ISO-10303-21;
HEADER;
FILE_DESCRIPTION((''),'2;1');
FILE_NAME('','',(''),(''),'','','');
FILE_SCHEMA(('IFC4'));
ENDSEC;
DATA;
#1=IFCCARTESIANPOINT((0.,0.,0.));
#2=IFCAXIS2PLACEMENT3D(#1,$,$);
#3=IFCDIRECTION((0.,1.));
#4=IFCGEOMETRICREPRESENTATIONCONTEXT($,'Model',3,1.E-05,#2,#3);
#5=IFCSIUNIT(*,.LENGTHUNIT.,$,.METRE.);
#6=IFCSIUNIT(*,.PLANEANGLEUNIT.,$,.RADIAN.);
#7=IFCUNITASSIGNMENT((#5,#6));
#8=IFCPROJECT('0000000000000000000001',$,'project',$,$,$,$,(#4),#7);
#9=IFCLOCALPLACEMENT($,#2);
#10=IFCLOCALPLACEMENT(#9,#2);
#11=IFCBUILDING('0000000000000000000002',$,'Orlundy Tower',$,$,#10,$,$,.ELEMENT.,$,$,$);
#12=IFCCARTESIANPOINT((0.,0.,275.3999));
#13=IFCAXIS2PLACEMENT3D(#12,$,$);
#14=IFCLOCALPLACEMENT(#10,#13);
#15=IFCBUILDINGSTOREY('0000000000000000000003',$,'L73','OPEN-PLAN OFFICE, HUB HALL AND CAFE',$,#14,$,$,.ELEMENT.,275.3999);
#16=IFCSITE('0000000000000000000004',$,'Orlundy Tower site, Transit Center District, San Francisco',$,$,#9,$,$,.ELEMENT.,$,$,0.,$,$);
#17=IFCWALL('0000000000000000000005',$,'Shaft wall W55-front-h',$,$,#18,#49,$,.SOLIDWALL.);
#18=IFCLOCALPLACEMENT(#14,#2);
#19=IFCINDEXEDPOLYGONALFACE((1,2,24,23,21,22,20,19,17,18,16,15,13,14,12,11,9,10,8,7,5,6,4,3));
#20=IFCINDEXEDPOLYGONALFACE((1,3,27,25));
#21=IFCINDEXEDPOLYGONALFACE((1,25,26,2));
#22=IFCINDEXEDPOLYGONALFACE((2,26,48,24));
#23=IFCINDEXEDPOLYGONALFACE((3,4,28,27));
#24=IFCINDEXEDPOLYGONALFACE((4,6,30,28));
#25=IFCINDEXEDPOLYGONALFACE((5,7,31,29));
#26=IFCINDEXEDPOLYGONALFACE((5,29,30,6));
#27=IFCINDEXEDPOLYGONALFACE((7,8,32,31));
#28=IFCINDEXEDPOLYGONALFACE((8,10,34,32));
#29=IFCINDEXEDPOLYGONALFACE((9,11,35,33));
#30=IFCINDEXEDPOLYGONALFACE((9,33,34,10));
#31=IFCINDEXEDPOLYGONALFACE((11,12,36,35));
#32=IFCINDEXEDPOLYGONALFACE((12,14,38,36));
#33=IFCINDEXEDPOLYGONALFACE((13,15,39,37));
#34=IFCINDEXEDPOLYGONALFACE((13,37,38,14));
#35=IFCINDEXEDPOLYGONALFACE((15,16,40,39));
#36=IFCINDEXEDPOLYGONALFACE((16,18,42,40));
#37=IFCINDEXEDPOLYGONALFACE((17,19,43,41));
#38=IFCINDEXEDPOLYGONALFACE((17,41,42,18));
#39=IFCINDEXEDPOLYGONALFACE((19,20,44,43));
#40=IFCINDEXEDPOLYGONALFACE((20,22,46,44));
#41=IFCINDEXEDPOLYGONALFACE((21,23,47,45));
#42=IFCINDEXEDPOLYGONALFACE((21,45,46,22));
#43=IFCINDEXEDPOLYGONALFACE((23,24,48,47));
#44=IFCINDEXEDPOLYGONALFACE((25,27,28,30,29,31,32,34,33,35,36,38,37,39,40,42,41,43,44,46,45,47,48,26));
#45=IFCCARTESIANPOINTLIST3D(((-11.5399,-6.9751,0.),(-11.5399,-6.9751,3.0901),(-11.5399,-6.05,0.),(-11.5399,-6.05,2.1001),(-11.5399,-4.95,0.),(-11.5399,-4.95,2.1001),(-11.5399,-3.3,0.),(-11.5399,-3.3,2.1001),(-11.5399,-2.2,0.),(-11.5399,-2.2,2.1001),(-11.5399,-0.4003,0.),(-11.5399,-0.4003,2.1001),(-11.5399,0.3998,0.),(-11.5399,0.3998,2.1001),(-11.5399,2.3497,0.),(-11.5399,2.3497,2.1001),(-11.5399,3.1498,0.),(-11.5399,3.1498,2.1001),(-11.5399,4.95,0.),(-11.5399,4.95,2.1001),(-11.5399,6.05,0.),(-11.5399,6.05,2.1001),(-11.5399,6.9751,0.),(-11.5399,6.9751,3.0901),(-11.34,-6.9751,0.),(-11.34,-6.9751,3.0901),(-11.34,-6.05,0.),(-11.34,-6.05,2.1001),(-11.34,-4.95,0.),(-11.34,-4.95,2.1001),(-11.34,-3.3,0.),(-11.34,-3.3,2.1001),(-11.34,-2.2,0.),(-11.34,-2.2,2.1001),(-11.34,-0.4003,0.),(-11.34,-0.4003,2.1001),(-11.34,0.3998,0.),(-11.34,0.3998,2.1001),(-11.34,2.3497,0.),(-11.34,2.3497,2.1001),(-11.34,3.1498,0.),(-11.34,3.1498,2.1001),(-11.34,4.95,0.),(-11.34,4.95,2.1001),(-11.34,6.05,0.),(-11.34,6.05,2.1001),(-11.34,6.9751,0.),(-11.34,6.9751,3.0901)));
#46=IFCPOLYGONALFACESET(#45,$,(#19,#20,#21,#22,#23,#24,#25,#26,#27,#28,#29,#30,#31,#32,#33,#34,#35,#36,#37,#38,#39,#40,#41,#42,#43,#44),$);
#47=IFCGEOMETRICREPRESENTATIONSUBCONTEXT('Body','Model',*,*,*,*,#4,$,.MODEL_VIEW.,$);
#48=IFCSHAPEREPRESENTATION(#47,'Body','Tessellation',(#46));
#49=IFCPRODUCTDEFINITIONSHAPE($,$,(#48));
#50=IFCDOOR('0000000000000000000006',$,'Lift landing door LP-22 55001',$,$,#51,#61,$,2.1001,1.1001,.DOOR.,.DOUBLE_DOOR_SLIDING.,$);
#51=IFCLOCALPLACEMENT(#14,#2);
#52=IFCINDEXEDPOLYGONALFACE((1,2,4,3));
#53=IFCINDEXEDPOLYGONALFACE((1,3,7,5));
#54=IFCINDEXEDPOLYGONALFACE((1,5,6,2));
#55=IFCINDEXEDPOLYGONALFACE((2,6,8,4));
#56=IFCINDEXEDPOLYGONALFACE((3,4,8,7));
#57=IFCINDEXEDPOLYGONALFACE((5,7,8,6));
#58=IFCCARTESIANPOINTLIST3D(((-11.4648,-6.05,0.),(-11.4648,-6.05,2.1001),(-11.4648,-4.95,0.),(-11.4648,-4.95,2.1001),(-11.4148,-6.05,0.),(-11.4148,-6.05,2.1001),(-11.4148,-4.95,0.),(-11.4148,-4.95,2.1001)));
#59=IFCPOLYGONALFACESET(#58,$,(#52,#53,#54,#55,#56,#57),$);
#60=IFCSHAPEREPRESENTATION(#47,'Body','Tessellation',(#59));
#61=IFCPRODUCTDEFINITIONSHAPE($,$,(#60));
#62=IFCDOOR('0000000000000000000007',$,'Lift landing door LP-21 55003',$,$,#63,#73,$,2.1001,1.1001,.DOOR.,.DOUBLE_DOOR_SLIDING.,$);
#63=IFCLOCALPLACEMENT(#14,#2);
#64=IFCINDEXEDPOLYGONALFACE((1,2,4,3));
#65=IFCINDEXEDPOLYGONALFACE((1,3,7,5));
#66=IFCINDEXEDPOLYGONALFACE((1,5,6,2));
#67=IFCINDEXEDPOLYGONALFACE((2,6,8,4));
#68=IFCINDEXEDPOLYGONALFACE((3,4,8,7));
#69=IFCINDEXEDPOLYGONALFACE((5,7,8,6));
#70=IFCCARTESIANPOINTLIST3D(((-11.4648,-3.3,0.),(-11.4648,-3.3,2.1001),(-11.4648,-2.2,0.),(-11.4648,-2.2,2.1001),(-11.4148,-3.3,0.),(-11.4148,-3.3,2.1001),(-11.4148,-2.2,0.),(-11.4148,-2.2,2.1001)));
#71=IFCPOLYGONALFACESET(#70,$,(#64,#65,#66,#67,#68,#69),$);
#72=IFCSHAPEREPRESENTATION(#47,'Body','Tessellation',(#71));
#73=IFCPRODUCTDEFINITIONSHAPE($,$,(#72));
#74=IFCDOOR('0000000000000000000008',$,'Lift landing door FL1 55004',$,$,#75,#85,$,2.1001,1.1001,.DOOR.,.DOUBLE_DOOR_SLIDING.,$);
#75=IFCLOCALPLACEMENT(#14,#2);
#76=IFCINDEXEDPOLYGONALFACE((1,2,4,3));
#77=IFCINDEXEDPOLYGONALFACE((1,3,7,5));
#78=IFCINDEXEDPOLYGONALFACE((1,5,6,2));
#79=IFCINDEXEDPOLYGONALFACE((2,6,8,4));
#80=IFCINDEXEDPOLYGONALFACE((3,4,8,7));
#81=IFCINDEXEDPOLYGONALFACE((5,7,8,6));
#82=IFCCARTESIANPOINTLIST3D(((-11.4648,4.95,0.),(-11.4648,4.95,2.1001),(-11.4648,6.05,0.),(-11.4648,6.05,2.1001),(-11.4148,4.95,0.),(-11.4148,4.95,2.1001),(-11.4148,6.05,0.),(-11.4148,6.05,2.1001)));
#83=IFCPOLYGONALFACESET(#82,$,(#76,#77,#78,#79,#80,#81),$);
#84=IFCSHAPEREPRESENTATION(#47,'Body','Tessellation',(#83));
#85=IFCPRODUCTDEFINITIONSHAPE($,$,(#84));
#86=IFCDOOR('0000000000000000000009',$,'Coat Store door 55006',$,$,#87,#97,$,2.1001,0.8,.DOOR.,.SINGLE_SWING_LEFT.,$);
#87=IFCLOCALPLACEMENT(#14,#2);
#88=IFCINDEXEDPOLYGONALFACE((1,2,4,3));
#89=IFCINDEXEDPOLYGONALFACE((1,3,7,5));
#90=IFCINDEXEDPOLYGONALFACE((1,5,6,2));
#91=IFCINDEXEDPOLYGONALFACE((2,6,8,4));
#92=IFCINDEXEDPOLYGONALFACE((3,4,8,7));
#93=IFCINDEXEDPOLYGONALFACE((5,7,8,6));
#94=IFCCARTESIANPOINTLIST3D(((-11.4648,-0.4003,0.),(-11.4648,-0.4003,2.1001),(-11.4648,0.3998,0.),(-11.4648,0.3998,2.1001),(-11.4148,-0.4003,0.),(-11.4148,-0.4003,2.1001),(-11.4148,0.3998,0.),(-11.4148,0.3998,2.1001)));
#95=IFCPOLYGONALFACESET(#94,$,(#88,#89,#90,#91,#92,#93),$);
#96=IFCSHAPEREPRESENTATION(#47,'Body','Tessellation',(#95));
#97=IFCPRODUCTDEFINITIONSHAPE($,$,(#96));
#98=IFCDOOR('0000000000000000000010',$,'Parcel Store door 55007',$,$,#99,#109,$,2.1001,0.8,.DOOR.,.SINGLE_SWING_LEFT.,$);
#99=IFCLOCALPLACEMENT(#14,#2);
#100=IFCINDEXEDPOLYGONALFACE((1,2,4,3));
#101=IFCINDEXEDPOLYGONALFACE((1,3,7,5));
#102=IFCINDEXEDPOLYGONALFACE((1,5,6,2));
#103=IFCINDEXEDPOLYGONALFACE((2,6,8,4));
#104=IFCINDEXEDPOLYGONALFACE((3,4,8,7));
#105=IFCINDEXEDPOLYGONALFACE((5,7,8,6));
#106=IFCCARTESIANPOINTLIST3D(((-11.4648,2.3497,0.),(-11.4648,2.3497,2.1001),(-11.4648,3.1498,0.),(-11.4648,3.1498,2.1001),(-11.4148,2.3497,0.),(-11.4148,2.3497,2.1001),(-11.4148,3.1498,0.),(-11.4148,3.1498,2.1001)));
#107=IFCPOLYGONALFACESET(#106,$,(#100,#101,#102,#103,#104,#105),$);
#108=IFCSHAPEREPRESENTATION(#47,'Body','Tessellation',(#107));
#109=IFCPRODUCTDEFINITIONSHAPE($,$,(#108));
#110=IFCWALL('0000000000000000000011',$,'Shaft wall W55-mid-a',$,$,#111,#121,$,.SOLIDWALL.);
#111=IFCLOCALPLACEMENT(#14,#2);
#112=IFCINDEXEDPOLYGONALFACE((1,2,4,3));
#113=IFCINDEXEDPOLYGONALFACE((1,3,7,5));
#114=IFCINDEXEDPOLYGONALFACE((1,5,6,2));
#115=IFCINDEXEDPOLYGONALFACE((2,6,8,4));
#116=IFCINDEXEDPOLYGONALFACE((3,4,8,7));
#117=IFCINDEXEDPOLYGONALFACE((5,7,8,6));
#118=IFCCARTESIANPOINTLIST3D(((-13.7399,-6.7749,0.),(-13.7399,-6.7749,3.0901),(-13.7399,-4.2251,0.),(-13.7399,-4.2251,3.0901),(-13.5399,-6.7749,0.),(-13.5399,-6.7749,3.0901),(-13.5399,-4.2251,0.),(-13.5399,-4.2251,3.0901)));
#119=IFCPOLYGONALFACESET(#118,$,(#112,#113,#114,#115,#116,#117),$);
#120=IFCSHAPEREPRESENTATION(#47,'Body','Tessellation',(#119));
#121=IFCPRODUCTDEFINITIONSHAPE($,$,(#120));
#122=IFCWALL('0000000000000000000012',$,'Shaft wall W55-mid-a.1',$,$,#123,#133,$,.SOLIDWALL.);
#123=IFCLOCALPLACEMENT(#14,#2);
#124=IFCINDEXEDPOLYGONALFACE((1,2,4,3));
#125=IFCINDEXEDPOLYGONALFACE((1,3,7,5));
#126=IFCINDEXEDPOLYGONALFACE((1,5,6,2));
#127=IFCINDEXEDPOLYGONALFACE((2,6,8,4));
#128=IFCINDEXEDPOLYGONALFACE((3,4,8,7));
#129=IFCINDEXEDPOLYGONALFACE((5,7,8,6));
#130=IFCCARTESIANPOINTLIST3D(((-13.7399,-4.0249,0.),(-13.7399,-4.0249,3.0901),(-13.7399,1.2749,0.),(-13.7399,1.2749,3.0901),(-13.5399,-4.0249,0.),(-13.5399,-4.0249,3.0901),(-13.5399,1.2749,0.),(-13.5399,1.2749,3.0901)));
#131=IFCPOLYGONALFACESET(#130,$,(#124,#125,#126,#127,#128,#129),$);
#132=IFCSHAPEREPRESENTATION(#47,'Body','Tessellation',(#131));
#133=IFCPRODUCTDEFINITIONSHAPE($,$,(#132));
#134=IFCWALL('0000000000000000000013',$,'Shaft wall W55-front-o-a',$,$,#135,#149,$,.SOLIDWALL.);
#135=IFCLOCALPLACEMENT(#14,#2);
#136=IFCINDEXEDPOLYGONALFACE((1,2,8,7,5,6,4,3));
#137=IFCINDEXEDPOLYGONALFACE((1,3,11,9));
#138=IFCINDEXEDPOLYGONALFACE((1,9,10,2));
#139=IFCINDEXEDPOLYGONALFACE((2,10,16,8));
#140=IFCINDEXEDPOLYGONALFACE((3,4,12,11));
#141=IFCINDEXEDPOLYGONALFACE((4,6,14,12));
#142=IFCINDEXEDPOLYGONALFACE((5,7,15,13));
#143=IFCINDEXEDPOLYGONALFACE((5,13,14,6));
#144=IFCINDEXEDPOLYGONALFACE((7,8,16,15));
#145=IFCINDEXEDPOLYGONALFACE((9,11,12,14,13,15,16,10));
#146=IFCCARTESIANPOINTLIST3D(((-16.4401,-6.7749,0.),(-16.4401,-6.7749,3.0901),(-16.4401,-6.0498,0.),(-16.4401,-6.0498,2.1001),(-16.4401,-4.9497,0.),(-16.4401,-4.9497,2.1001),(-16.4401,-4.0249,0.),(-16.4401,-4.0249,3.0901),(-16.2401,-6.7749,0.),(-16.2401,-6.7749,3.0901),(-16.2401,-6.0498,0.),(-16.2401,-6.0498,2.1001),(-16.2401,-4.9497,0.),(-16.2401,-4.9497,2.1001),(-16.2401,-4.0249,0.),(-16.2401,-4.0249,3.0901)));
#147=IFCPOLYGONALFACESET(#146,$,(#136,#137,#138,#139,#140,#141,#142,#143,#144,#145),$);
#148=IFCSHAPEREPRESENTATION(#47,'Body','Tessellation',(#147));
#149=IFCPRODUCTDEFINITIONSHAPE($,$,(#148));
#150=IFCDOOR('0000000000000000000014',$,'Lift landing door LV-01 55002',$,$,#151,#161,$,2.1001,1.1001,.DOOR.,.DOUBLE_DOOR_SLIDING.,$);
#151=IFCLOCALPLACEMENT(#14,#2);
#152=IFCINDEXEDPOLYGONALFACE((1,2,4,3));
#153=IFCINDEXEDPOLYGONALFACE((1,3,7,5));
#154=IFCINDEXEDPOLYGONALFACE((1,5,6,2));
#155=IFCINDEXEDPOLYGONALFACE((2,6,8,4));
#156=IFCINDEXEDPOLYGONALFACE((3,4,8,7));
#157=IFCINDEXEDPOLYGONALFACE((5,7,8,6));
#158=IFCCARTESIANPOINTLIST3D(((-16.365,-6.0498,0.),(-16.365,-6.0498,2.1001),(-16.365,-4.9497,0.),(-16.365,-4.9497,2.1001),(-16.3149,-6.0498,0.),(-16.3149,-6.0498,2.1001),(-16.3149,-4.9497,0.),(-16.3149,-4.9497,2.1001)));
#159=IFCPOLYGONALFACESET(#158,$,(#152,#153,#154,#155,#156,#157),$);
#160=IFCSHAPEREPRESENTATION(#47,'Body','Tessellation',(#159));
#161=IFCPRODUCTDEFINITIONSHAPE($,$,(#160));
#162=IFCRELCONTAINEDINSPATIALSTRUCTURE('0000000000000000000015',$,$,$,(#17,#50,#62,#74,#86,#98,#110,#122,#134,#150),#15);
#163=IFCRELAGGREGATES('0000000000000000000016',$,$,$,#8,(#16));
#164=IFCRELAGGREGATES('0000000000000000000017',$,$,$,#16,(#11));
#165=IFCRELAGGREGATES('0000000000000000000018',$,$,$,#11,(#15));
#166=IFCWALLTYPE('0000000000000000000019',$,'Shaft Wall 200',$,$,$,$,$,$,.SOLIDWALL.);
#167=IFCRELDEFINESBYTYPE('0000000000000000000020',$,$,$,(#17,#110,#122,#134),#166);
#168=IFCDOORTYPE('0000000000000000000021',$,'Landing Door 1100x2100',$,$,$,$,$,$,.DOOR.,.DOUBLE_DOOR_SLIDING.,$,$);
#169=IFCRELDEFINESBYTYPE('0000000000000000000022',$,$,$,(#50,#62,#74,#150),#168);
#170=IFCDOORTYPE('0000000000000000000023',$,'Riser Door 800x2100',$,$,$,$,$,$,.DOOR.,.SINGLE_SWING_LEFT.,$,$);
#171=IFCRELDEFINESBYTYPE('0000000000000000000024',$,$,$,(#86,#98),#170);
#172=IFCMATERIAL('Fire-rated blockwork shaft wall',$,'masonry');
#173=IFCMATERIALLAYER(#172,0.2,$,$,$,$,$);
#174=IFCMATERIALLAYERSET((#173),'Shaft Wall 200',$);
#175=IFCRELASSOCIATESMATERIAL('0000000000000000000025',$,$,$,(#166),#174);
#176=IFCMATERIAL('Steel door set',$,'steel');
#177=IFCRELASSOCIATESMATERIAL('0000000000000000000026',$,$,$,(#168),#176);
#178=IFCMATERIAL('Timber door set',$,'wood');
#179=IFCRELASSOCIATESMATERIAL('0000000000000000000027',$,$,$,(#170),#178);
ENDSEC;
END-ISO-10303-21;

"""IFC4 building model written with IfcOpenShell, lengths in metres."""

from ifc_helpers import new_model, si_unit, direction, frame, frame_2d, origin, place, context, subcontext, project, spatial, rectangle, extrude, material, layer, layer_set, type_object, element, fill, save


model = new_model("IFC4")

# Units and contexts
model_context = context("Model", 3, precision=1e-05, world=origin(), true_north=direction((0.0, 1.0)))
body_context = subcontext(model_context, "Body", "Model", "MODEL_VIEW")
ifc_project = project(units=[si_unit("LENGTHUNIT", "METRE"), si_unit("PLANEANGLEUNIT", "RADIAN")], contexts=[model_context])

# Site, building, storey
site_placement = place(None, origin())
site = spatial("IfcSite", under=ifc_project, at=site_placement, Name="Orlundy Tower site, Transit Center District, San Francisco", CompositionType="ELEMENT", RefElevation=0.0)
building_placement = place(site_placement, origin())
building = spatial("IfcBuilding", under=site, at=building_placement, Name="Orlundy Tower", CompositionType="ELEMENT")
storey_placement = place(building_placement, frame((0.0, 0.0, 275.3999)))
storey = spatial("IfcBuildingStorey", under=building, at=storey_placement, Name="L73", Description="OPEN-PLAN OFFICE, HUB HALL AND CAFE", CompositionType="ELEMENT", Elevation=275.3999)

# Shared definitions
ifc_material_1 = material(Name="Fire-rated blockwork shaft wall", Category="masonry")
ifc_layer_1 = layer(ifc_material_1, 0.2)
ifc_layer_set_1 = layer_set([ifc_layer_1], Name="Shaft Wall 200")
wall_type_1 = type_object("IfcWallType", Name="Shaft Wall 200", PredefinedType="SOLIDWALL", material=ifc_layer_set_1)

# Wall, openings, doors
wall_1_placement = place(storey_placement, frame((-11.4399, -6.9751, 0.0), z_axis=(0.0, 0.0, 1.0), x_axis=(0.0, 1.0, 0.0)))
wall_1 = element("IfcWall", 1, at=wall_1_placement, inside=storey, type_object=wall_type_1, Name="Shaft wall W55-front-h", PredefinedType="SOLIDWALL", context=body_context, shape_type="SweptSolid", body=[
    extrude(rectangle(XDim=13.9502, YDim=0.2, at=frame_2d((6.9751, 0.0))), origin(), (0.0, 0.0, 1.0), 3.0901),
])
opening_1_placement = place(wall_1_placement, frame((0.925, 0.0, 0.0)))
opening_1 = element("IfcOpeningElement", 2, at=opening_1_placement, cuts=wall_1, PredefinedType="OPENING", context=body_context, shape_type="SweptSolid", body=[
    extrude(rectangle(XDim=1.1001, YDim=2.1001, at=frame_2d((0.55, 1.05))), frame((0.0, 0.1101, 0.0), z_axis=(0.0, -1.0, 0.0), x_axis=(1.0, 0.0, 0.0)), (0.0, 0.0, 1.0), 0.2202),
])
opening_2_placement = place(wall_1_placement, frame((3.675, 0.0, 0.0)))
opening_2 = element("IfcOpeningElement", 3, at=opening_2_placement, cuts=wall_1, PredefinedType="OPENING", context=body_context, shape_type="SweptSolid", body=[
    extrude(rectangle(XDim=1.1001, YDim=2.1001, at=frame_2d((0.55, 1.05))), frame((0.0, 0.1101, 0.0), z_axis=(0.0, -1.0, 0.0), x_axis=(1.0, 0.0, 0.0)), (0.0, 0.0, 1.0), 0.2202),
])
opening_3_placement = place(wall_1_placement, frame((11.925, 0.0, 0.0)))
opening_3 = element("IfcOpeningElement", 4, at=opening_3_placement, cuts=wall_1, PredefinedType="OPENING", context=body_context, shape_type="SweptSolid", body=[
    extrude(rectangle(XDim=1.1001, YDim=2.1001, at=frame_2d((0.55, 1.05))), frame((0.0, 0.1101, 0.0), z_axis=(0.0, -1.0, 0.0), x_axis=(1.0, 0.0, 0.0)), (0.0, 0.0, 1.0), 0.2202),
])
opening_4_placement = place(wall_1_placement, frame((6.575, 0.0, 0.0)))
opening_4 = element("IfcOpeningElement", 5, at=opening_4_placement, cuts=wall_1, PredefinedType="OPENING", context=body_context, shape_type="SweptSolid", body=[
    extrude(rectangle(XDim=0.8, YDim=2.1001, at=frame_2d((0.3999, 1.05))), frame((0.0, 0.1101, 0.0), z_axis=(0.0, -1.0, 0.0), x_axis=(1.0, 0.0, 0.0)), (0.0, 0.0, 1.0), 0.2202),
])
opening_5_placement = place(wall_1_placement, frame((9.325, 0.0, 0.0)))
opening_5 = element("IfcOpeningElement", 6, at=opening_5_placement, cuts=wall_1, PredefinedType="OPENING", context=body_context, shape_type="SweptSolid", body=[
    extrude(rectangle(XDim=0.8, YDim=2.1001, at=frame_2d((0.3999, 1.05))), frame((0.0, 0.1101, 0.0), z_axis=(0.0, -1.0, 0.0), x_axis=(1.0, 0.0, 0.0)), (0.0, 0.0, 1.0), 0.2202),
])
ifc_material_2 = material(Name="Steel door set", Category="steel")
door_type_1 = type_object("IfcDoorType", Name="Landing Door 1100x2100", OperationType="DOUBLE_DOOR_SLIDING", PredefinedType="DOOR", material=ifc_material_2)
door_1_placement = place(opening_1_placement, origin())
door_1 = element("IfcDoor", 7, at=door_1_placement, inside=storey, type_object=door_type_1, Name="Lift landing door LP-22 55001", OperationType="DOUBLE_DOOR_SLIDING", OverallHeight=2.1001, OverallWidth=1.1001, PredefinedType="DOOR", context=body_context, shape_type="SweptSolid", body=[
    extrude(rectangle(XDim=1.1001, YDim=2.1001, at=frame_2d((0.55, 1.05))), frame((0.0, 0.0249, 0.0), z_axis=(0.0, -1.0, 0.0), x_axis=(1.0, 0.0, 0.0)), (0.0, 0.0, 1.0), 0.05),
])
fill(opening_1, door_1)
door_2_placement = place(opening_2_placement, origin())
door_2 = element("IfcDoor", 8, at=door_2_placement, inside=storey, type_object=door_type_1, Name="Lift landing door LP-21 55003", OperationType="DOUBLE_DOOR_SLIDING", OverallHeight=2.1001, OverallWidth=1.1001, PredefinedType="DOOR", context=body_context, shape_type="SweptSolid", body=[
    extrude(rectangle(XDim=1.1001, YDim=2.1001, at=frame_2d((0.55, 1.05))), frame((0.0, 0.0249, 0.0), z_axis=(0.0, -1.0, 0.0), x_axis=(1.0, 0.0, 0.0)), (0.0, 0.0, 1.0), 0.05),
])
fill(opening_2, door_2)
door_3_placement = place(opening_3_placement, origin())
door_3 = element("IfcDoor", 9, at=door_3_placement, inside=storey, type_object=door_type_1, Name="Lift landing door FL1 55004", OperationType="DOUBLE_DOOR_SLIDING", OverallHeight=2.1001, OverallWidth=1.1001, PredefinedType="DOOR", context=body_context, shape_type="SweptSolid", body=[
    extrude(rectangle(XDim=1.1001, YDim=2.1001, at=frame_2d((0.55, 1.05))), frame((0.0, 0.0249, 0.0), z_axis=(0.0, -1.0, 0.0), x_axis=(1.0, 0.0, 0.0)), (0.0, 0.0, 1.0), 0.05),
])
fill(opening_3, door_3)
ifc_material_3 = material(Name="Timber door set", Category="wood")
door_type_2 = type_object("IfcDoorType", Name="Riser Door 800x2100", OperationType="SINGLE_SWING_LEFT", PredefinedType="DOOR", material=ifc_material_3)
door_4_placement = place(opening_4_placement, origin())
door_4 = element("IfcDoor", 10, at=door_4_placement, inside=storey, type_object=door_type_2, Name="Coat Store door 55006", OperationType="SINGLE_SWING_LEFT", OverallHeight=2.1001, OverallWidth=0.8, PredefinedType="DOOR", context=body_context, shape_type="SweptSolid", body=[
    extrude(rectangle(XDim=0.8, YDim=2.1001, at=frame_2d((0.3999, 1.05))), frame((0.0, 0.0249, 0.0), z_axis=(0.0, -1.0, 0.0), x_axis=(1.0, 0.0, 0.0)), (0.0, 0.0, 1.0), 0.05),
])
fill(opening_4, door_4)
door_5_placement = place(opening_5_placement, origin())
door_5 = element("IfcDoor", 11, at=door_5_placement, inside=storey, type_object=door_type_2, Name="Parcel Store door 55007", OperationType="SINGLE_SWING_LEFT", OverallHeight=2.1001, OverallWidth=0.8, PredefinedType="DOOR", context=body_context, shape_type="SweptSolid", body=[
    extrude(rectangle(XDim=0.8, YDim=2.1001, at=frame_2d((0.3999, 1.05))), frame((0.0, 0.0249, 0.0), z_axis=(0.0, -1.0, 0.0), x_axis=(1.0, 0.0, 0.0)), (0.0, 0.0, 1.0), 0.05),
])
fill(opening_5, door_5)

# Walls
wall_2_placement = place(storey_placement, frame((-13.6399, -6.7749, 0.0), z_axis=(0.0, 0.0, 1.0), x_axis=(0.0, 1.0, 0.0)))
element("IfcWall", 12, at=wall_2_placement, inside=storey, type_object=wall_type_1, Name="Shaft wall W55-mid-a", PredefinedType="SOLIDWALL", context=body_context, shape_type="SweptSolid", body=[
    extrude(rectangle(XDim=2.5498, YDim=0.2, at=frame_2d((1.2749, 0.0))), origin(), (0.0, 0.0, 1.0), 3.0901),
])
wall_3_placement = place(storey_placement, frame((-13.6399, -4.0249, 0.0), z_axis=(0.0, 0.0, 1.0), x_axis=(0.0, 1.0, 0.0)))
element("IfcWall", 13, at=wall_3_placement, inside=storey, type_object=wall_type_1, Name="Shaft wall W55-mid-a.1", PredefinedType="SOLIDWALL", context=body_context, shape_type="SweptSolid", body=[
    extrude(rectangle(XDim=5.2998, YDim=0.2, at=frame_2d((2.6499, 0.0))), origin(), (0.0, 0.0, 1.0), 3.0901),
])

# Wall, opening, door
wall_4_placement = place(storey_placement, frame((-16.3401, -6.7749, 0.0), z_axis=(0.0, 0.0, 1.0), x_axis=(0.0, 1.0, 0.0)))
wall_4 = element("IfcWall", 14, at=wall_4_placement, inside=storey, type_object=wall_type_1, Name="Shaft wall W55-front-o-a", PredefinedType="SOLIDWALL", context=body_context, shape_type="SweptSolid", body=[
    extrude(rectangle(XDim=2.75, YDim=0.2, at=frame_2d((1.375, 0.0))), origin(), (0.0, 0.0, 1.0), 3.0901),
])
opening_6_placement = place(wall_4_placement, frame((0.7251, 0.0, 0.0)))
opening_6 = element("IfcOpeningElement", 15, at=opening_6_placement, cuts=wall_4, PredefinedType="OPENING", context=body_context, shape_type="SweptSolid", body=[
    extrude(rectangle(XDim=1.1001, YDim=2.1001, at=frame_2d((0.55, 1.05))), frame((0.0, 0.1101, 0.0), z_axis=(0.0, -1.0, 0.0), x_axis=(1.0, 0.0, 0.0)), (0.0, 0.0, 1.0), 0.2202),
])
door_6_placement = place(opening_6_placement, origin())
door_6 = element("IfcDoor", 16, at=door_6_placement, inside=storey, type_object=door_type_1, Name="Lift landing door LV-01 55002", OperationType="DOUBLE_DOOR_SLIDING", OverallHeight=2.1001, OverallWidth=1.1001, PredefinedType="DOOR", context=body_context, shape_type="SweptSolid", body=[
    extrude(rectangle(XDim=1.1001, YDim=2.1001, at=frame_2d((0.55, 1.05))), frame((0.0, 0.0249, 0.0), z_axis=(0.0, -1.0, 0.0), x_axis=(1.0, 0.0, 0.0)), (0.0, 0.0, 1.0), 0.05),
])
fill(opening_6, door_6)

save(model, "model.ifc")
